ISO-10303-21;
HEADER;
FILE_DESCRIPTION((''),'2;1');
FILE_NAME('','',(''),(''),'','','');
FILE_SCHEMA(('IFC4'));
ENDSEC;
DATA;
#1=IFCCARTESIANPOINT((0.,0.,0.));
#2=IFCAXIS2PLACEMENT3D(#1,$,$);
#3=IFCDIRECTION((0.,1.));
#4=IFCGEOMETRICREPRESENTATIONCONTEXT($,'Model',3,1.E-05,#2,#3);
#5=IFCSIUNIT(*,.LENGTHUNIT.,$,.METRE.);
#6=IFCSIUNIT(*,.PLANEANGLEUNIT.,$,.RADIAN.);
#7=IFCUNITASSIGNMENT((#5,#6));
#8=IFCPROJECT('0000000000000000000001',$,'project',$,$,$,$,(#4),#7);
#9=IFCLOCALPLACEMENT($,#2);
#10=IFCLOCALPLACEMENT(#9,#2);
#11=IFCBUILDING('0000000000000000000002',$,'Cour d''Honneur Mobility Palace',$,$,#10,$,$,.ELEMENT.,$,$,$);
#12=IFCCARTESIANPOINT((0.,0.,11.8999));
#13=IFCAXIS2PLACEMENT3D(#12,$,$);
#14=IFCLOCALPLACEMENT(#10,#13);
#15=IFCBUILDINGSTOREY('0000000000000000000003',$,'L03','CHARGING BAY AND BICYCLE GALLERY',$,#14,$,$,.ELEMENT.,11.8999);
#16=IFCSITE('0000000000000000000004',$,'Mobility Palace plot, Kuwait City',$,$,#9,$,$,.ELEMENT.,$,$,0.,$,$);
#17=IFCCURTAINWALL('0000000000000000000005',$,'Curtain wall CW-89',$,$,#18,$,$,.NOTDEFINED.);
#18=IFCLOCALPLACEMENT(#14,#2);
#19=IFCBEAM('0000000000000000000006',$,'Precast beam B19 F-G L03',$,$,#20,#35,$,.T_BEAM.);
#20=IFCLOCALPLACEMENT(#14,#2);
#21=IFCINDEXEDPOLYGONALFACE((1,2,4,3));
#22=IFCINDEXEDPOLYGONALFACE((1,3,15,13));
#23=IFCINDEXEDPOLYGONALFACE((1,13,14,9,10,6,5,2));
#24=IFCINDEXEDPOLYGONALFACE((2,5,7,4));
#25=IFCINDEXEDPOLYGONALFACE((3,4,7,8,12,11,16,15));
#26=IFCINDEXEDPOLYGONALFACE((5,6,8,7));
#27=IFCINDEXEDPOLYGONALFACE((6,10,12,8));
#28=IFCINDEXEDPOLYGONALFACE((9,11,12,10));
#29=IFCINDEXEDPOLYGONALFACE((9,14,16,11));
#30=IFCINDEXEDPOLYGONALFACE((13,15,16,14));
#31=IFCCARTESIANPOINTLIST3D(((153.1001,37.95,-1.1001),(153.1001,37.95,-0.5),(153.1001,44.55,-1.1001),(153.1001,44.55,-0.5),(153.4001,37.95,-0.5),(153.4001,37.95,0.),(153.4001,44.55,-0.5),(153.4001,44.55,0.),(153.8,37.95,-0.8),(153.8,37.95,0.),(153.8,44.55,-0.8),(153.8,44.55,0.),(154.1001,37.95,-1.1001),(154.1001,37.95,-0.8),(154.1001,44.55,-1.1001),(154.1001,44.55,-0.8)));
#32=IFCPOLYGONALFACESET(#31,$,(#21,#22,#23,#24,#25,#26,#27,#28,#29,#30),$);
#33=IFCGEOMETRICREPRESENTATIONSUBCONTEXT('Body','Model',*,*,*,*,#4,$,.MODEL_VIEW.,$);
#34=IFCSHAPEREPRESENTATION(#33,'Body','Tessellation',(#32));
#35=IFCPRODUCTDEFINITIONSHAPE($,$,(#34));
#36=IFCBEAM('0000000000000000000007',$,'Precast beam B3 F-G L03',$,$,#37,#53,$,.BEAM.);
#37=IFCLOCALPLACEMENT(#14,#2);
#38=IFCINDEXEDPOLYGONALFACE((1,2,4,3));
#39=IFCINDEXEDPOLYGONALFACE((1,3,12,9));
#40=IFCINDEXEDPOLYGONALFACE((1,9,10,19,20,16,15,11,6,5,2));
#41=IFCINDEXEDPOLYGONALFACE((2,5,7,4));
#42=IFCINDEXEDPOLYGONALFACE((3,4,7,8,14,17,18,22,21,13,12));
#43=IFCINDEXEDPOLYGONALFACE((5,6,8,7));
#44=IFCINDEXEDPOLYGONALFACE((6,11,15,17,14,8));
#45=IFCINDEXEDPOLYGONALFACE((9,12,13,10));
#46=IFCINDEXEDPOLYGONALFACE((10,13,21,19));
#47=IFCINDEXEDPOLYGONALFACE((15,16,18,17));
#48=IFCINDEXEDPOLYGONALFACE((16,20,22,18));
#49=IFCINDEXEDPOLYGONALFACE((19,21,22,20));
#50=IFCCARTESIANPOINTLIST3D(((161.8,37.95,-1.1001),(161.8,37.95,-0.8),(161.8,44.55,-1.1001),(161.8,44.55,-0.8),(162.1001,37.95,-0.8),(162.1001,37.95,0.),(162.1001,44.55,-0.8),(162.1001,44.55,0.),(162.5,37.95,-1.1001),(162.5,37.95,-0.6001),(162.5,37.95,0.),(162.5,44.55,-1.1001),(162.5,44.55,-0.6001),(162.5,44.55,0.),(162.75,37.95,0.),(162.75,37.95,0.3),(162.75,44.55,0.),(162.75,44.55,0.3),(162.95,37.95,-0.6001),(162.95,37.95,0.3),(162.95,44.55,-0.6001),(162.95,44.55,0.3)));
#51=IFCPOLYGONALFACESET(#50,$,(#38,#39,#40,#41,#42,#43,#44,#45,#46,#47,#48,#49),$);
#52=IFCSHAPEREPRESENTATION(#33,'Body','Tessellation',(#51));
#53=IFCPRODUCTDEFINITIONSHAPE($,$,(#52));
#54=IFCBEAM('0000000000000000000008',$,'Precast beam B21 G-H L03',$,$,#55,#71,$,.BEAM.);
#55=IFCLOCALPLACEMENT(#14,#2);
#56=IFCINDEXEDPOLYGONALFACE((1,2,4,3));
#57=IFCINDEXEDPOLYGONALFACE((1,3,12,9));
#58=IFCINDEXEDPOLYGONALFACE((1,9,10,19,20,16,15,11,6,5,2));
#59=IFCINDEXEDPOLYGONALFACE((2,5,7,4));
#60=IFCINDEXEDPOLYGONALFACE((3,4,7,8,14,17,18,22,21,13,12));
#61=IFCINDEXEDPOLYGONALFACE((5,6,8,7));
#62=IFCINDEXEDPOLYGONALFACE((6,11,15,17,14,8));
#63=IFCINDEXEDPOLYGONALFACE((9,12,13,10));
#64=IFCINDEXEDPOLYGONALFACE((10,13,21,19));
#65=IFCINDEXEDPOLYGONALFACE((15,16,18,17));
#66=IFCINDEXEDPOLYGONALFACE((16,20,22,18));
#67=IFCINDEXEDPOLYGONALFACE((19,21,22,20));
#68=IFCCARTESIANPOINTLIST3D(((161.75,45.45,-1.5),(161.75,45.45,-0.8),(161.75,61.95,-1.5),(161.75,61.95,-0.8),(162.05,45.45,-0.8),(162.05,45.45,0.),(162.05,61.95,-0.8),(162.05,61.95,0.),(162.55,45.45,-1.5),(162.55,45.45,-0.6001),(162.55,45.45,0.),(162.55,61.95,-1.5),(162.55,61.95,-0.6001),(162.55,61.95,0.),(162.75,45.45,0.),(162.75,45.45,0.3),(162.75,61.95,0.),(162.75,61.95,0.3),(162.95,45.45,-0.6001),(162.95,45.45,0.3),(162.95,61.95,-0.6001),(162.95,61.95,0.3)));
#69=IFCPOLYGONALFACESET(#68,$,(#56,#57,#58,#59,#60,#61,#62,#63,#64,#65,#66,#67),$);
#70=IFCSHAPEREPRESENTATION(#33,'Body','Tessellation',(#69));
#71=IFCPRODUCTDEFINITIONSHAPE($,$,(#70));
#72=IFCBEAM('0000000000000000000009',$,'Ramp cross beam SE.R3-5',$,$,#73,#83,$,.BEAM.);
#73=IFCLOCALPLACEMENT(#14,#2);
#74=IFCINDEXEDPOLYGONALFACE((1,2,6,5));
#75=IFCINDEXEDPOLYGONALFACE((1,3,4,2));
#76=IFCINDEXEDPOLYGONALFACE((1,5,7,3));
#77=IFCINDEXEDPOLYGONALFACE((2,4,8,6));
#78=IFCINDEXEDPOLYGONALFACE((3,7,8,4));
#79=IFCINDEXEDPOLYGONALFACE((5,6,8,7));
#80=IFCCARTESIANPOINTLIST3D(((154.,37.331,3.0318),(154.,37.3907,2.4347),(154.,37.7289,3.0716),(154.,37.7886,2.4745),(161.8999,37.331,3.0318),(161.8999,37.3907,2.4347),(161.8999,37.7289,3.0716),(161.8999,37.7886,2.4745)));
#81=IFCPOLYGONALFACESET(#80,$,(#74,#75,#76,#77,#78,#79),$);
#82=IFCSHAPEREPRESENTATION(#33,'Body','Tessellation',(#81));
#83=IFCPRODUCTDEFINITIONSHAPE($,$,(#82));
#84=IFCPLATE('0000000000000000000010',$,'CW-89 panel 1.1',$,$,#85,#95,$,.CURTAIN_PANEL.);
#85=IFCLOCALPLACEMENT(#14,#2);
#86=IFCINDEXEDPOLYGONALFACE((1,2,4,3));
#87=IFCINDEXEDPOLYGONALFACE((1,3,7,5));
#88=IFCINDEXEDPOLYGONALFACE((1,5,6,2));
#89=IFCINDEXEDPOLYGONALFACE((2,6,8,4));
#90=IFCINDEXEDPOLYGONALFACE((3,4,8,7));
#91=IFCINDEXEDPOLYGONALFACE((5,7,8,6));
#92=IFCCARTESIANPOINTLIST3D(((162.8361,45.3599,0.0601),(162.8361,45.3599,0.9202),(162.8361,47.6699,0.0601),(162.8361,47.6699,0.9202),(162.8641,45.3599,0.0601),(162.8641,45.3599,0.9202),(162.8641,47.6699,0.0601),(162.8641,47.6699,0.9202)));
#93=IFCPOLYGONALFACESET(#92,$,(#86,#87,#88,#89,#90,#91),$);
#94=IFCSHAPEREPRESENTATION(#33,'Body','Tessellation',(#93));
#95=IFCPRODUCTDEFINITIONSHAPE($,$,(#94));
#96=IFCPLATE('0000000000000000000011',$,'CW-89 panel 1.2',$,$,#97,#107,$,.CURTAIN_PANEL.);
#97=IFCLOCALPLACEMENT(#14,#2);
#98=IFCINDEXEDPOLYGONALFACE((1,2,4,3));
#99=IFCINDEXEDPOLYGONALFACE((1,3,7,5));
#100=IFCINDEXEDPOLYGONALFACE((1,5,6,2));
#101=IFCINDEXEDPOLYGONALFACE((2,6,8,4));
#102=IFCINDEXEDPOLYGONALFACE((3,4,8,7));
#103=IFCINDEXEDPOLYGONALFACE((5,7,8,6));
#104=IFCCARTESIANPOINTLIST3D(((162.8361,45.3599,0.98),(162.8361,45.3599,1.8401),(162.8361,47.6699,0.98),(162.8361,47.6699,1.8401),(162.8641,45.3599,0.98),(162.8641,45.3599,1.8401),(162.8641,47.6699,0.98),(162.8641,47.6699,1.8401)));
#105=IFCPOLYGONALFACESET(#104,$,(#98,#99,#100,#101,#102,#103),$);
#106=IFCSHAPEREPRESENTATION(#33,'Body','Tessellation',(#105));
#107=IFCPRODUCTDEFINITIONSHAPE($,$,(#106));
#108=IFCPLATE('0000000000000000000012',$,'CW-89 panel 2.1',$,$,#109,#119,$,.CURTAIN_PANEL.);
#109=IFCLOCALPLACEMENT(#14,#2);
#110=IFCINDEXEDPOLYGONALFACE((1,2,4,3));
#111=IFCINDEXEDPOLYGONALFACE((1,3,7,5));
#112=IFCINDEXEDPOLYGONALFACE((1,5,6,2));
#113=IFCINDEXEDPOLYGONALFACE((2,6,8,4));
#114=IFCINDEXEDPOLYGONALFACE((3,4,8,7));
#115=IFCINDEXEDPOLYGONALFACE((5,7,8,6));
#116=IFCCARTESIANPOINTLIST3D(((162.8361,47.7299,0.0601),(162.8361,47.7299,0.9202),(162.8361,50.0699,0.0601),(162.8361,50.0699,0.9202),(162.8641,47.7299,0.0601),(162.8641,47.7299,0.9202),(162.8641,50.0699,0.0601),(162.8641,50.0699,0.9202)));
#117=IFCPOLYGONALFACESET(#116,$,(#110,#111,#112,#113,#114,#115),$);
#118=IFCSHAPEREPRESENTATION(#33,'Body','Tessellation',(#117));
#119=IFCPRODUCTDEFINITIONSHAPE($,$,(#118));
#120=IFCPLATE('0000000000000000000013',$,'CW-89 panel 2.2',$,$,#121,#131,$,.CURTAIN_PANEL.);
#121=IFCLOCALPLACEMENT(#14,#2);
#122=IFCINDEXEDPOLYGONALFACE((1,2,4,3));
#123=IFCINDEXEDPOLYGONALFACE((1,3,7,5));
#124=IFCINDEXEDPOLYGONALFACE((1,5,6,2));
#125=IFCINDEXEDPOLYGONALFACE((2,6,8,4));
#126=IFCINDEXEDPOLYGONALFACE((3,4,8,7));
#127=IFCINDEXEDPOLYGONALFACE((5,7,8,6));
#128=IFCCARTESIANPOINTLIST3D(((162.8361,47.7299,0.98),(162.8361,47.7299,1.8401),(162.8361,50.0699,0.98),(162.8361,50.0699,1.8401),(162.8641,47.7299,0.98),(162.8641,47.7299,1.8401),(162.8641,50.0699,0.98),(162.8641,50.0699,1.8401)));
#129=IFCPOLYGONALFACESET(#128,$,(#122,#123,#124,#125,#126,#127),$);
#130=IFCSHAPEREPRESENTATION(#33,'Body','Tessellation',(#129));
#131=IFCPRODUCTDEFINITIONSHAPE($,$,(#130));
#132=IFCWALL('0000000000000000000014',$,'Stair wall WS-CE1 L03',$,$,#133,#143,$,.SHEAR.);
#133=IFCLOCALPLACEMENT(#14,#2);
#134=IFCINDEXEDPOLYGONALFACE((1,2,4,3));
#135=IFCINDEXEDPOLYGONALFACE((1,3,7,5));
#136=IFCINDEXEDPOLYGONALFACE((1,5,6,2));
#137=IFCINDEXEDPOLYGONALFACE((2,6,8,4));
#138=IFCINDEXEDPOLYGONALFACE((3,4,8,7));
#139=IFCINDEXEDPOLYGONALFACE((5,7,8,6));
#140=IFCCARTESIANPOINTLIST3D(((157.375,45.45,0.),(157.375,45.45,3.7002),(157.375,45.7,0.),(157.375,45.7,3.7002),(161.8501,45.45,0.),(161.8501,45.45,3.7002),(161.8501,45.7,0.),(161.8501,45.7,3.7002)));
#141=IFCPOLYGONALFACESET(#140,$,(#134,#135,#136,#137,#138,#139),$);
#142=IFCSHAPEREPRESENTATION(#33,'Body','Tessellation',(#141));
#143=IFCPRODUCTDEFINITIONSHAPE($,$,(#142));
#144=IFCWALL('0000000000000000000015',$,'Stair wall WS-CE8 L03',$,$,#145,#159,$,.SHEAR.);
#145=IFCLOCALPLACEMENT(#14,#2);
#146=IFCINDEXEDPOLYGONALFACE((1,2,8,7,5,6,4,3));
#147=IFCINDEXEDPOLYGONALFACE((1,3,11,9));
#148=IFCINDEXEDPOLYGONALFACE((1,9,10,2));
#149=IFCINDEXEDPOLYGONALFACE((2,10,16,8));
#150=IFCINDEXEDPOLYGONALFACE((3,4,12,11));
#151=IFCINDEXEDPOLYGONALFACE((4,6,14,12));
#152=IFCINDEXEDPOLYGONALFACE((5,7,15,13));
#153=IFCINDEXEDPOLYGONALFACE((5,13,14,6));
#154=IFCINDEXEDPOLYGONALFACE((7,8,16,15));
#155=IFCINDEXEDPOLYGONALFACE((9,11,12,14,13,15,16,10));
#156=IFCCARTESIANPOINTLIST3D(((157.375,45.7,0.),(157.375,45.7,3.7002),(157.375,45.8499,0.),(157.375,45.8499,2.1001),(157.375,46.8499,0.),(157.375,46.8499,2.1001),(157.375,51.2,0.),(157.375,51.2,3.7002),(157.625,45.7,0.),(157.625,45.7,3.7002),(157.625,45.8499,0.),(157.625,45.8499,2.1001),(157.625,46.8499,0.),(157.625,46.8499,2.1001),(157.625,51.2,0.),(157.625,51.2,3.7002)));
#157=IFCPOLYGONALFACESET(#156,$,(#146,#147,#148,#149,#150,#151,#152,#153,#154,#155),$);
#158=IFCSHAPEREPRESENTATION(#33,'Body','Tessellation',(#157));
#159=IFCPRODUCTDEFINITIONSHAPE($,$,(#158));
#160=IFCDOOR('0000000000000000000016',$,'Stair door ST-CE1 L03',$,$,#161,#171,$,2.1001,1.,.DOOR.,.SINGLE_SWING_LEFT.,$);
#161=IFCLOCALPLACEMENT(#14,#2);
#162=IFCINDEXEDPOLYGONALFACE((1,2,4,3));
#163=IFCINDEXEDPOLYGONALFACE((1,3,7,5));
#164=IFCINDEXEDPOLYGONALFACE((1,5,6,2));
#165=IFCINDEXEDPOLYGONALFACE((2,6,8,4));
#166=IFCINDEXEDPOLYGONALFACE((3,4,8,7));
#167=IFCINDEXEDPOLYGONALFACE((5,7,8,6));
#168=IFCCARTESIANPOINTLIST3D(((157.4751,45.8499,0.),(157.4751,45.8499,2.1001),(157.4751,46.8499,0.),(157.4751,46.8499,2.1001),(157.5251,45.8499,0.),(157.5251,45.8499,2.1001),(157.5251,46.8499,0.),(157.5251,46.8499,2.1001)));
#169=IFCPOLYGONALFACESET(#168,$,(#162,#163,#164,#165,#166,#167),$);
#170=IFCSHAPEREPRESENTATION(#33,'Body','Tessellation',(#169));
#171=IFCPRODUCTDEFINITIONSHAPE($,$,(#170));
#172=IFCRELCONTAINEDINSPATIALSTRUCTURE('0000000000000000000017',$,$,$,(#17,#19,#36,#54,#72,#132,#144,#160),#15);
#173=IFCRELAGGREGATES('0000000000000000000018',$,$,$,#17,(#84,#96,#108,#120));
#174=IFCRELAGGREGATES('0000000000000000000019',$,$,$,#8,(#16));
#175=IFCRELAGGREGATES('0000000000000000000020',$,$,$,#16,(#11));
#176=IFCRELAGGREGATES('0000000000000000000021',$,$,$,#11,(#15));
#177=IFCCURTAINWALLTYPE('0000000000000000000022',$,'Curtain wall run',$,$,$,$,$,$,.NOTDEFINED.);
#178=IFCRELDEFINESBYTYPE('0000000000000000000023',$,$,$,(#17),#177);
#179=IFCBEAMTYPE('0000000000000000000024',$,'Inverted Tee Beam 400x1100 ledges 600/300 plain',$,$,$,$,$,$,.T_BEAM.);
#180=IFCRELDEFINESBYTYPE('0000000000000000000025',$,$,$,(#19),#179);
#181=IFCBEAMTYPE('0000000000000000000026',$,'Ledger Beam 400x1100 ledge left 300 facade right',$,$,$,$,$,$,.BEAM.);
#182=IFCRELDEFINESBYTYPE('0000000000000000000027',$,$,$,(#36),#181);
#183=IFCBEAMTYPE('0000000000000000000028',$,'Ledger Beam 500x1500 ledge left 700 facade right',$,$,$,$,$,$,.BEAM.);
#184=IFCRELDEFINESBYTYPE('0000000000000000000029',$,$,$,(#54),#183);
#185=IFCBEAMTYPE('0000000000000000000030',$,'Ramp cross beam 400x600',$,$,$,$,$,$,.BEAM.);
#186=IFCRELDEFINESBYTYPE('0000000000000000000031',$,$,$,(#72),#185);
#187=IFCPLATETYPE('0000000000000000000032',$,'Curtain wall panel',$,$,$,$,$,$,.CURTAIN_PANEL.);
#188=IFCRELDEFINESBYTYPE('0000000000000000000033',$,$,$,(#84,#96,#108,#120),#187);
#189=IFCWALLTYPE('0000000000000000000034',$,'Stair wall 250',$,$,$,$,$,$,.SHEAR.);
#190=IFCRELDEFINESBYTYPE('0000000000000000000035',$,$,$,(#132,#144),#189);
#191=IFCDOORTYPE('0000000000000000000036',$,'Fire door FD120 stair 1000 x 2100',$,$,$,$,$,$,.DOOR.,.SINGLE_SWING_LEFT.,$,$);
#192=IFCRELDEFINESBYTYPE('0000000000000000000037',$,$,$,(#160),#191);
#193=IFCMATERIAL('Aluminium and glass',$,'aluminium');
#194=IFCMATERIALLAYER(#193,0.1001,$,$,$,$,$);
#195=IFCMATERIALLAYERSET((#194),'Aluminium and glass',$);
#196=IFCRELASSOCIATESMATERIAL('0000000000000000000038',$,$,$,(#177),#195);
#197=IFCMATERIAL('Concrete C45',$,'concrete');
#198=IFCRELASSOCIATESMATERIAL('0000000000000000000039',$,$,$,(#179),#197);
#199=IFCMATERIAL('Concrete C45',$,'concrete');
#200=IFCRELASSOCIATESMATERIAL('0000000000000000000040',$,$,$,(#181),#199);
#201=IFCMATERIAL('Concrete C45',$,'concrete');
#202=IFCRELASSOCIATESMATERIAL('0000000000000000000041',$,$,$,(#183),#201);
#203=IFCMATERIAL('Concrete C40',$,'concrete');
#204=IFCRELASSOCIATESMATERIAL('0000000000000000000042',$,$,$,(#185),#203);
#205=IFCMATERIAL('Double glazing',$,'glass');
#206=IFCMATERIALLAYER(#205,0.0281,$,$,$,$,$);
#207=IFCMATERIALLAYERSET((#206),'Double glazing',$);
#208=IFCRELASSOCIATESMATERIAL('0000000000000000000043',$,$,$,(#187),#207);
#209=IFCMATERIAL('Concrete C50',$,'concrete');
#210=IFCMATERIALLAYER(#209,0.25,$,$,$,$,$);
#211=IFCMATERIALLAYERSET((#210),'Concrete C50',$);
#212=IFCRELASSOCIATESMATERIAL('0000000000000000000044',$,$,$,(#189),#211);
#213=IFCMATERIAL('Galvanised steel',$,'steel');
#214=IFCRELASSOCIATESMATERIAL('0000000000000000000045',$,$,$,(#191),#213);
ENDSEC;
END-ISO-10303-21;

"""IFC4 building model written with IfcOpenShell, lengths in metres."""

from ifc_helpers import new_model, si_unit, direction, frame, frame_2d, origin, origin_2d, place, context, subcontext, project, spatial, polyline, rectangle, outline, extrude, material, layer, layer_set, material_profile, profile_set, type_object, element, fill, aggregate, save


model = new_model("IFC4")

# Units and contexts
model_context = context("Model", 3, precision=1e-05, world=origin(), true_north=direction((0.0, 1.0)))
body_context = subcontext(model_context, "Body", "Model", "MODEL_VIEW")
ifc_project = project(units=[si_unit("LENGTHUNIT", "METRE"), si_unit("PLANEANGLEUNIT", "RADIAN")], contexts=[model_context])

# Site, building, storey
site_placement = place(None, origin())
site = spatial("IfcSite", under=ifc_project, at=site_placement, Name="Mobility Palace plot, Kuwait City", CompositionType="ELEMENT", RefElevation=0.0)
building_placement = place(site_placement, origin())
building = spatial("IfcBuilding", under=site, at=building_placement, Name="Cour d'Honneur Mobility Palace", CompositionType="ELEMENT")
storey_placement = place(building_placement, frame((0.0, 0.0, 11.8999)))
storey = spatial("IfcBuildingStorey", under=building, at=storey_placement, Name="L03", Description="CHARGING BAY AND BICYCLE GALLERY", CompositionType="ELEMENT", Elevation=11.8999)

# Curtain wall
ifc_material_1 = material(Name="Aluminium and glass", Category="aluminium")
ifc_layer_1 = layer(ifc_material_1, 0.1001)
ifc_layer_set_1 = layer_set([ifc_layer_1], Name="Aluminium and glass")
curtain_wall_type = type_object("IfcCurtainWallType", Name="Curtain wall run", PredefinedType="NOTDEFINED", material=ifc_layer_set_1)
curtain_wall_placement = place(storey_placement, origin())
curtain_wall = element("IfcCurtainWall", 1, at=curtain_wall_placement, inside=storey, type_object=curtain_wall_type, Name="Curtain wall CW-89", PredefinedType="NOTDEFINED")

# Beams
ifc_material_2 = material(Name="Concrete C45", Category="concrete")
ifc_material_profile_1 = material_profile(ifc_material_2, outline(polyline([(0.5, -1.1001), (0.5, -0.5), (0.2, -0.5), (0.2, 0.0), (-0.2, 0.0), (-0.2, -0.8), (-0.5, -0.8), (-0.5, -1.1001), (0.5, -1.1001)])), Name="Inverted Tee Beam 400x1100 ledges 600/300 plain")
ifc_profile_set_1 = profile_set([ifc_material_profile_1], Name="Concrete C45")
beam_type_1 = type_object("IfcBeamType", Name="Inverted Tee Beam 400x1100 ledges 600/300 plain", PredefinedType="T_BEAM", material=ifc_profile_set_1)
beam_1_placement = place(storey_placement, frame((153.6001, 37.95, 0.0), z_axis=(0.0, 1.0, 0.0), x_axis=(-1.0, 0.0, 0.0)))
element("IfcBeam", 2, at=beam_1_placement, inside=storey, type_object=beam_type_1, Name="Precast beam B19 F-G L03", PredefinedType="T_BEAM", context=body_context, shape_type="SweptSolid", body=[
    extrude(outline(polyline([(0.5, -1.1001), (0.5, -0.5), (0.2, -0.5), (0.2, 0.0), (-0.2, 0.0), (-0.2, -0.8), (-0.5, -0.8), (-0.5, -1.1001), (0.5, -1.1001)])), origin(), (0.0, 0.0, 1.0), 6.6001),
])
ifc_material_3 = material(Name="Concrete C45", Category="concrete")
ifc_material_profile_2 = material_profile(ifc_material_3, outline(polyline([(0.5, -1.1001), (0.5, -0.8), (0.2, -0.8), (0.2, 0.0), (-0.2, 0.0), (-0.45, 0.0), (-0.45, 0.3), (-0.6499, 0.3), (-0.6499, -0.6001), (-0.2, -0.6001), (-0.2, -1.1001), (0.5, -1.1001)])), Name="Ledger Beam 400x1100 ledge left 300 facade right")
ifc_profile_set_2 = profile_set([ifc_material_profile_2], Name="Concrete C45")
beam_type_2 = type_object("IfcBeamType", Name="Ledger Beam 400x1100 ledge left 300 facade right", PredefinedType="BEAM", material=ifc_profile_set_2)
beam_2_placement = place(storey_placement, frame((162.3, 37.95, 0.0), z_axis=(0.0, 1.0, 0.0), x_axis=(-1.0, 0.0, 0.0)))
element("IfcBeam", 3, at=beam_2_placement, inside=storey, type_object=beam_type_2, Name="Precast beam B3 F-G L03", PredefinedType="BEAM", context=body_context, shape_type="SweptSolid", body=[
    extrude(outline(polyline([(0.5, -1.1001), (0.5, -0.8), (0.2, -0.8), (0.2, 0.0), (-0.2, 0.0), (-0.45, 0.0), (-0.45, 0.3), (-0.6499, 0.3), (-0.6499, -0.6001), (-0.2, -0.6001), (-0.2, -1.1001), (0.5, -1.1001)])), origin(), (0.0, 0.0, 1.0), 6.6001),
])
ifc_material_4 = material(Name="Concrete C45", Category="concrete")
ifc_material_profile_3 = material_profile(ifc_material_4, outline(polyline([(0.55, -1.5), (0.55, -0.8), (0.25, -0.8), (0.25, 0.0), (-0.25, 0.0), (-0.45, 0.0), (-0.45, 0.3), (-0.6499, 0.3), (-0.6499, -0.6001), (-0.25, -0.6001), (-0.25, -1.5), (0.55, -1.5)])), Name="Ledger Beam 500x1500 ledge left 700 facade right")
ifc_profile_set_3 = profile_set([ifc_material_profile_3], Name="Concrete C45")
beam_type_3 = type_object("IfcBeamType", Name="Ledger Beam 500x1500 ledge left 700 facade right", PredefinedType="BEAM", material=ifc_profile_set_3)
beam_3_placement = place(storey_placement, frame((162.3, 45.45, 0.0), z_axis=(0.0, 1.0, 0.0), x_axis=(-1.0, 0.0, 0.0)))
element("IfcBeam", 4, at=beam_3_placement, inside=storey, type_object=beam_type_3, Name="Precast beam B21 G-H L03", PredefinedType="BEAM", context=body_context, shape_type="SweptSolid", body=[
    extrude(outline(polyline([(0.55, -1.5), (0.55, -0.8), (0.25, -0.8), (0.25, 0.0), (-0.25, 0.0), (-0.45, 0.0), (-0.45, 0.3), (-0.6499, 0.3), (-0.6499, -0.6001), (-0.25, -0.6001), (-0.25, -1.5), (0.55, -1.5)])), origin(), (0.0, 0.0, 1.0), 16.5),
])
ifc_material_5 = material(Name="Concrete C40", Category="concrete")
ifc_material_profile_4 = material_profile(ifc_material_5, rectangle(XDim=0.3999, YDim=0.6001, at=origin_2d()), Name="Ramp cross beam 400x600")
ifc_profile_set_4 = profile_set([ifc_material_profile_4], Name="Concrete C40")
beam_type_4 = type_object("IfcBeamType", Name="Ramp cross beam 400x600", PredefinedType="BEAM", material=ifc_profile_set_4)
beam_4_placement = place(storey_placement, frame((161.8999, 37.5598, 2.7532), z_axis=(-1.0, 0.0, 0.0), x_axis=(0.0, -0.995037, -0.099504)))
element("IfcBeam", 5, at=beam_4_placement, inside=storey, type_object=beam_type_4, Name="Ramp cross beam SE.R3-5", PredefinedType="BEAM", context=body_context, shape_type="SweptSolid", body=[
    extrude(rectangle(XDim=0.3999, YDim=0.6001, at=origin_2d()), origin(), (0.0, 0.0, 1.0), 7.8999),
])

# Plates
ifc_material_6 = material(Name="Double glazing", Category="glass")
ifc_layer_2 = layer(ifc_material_6, 0.0281)
ifc_layer_set_2 = layer_set([ifc_layer_2], Name="Double glazing")
plate_type = type_object("IfcPlateType", Name="Curtain wall panel", PredefinedType="CURTAIN_PANEL", material=ifc_layer_set_2)
plate_1_placement = place(storey_placement, frame((162.8501, 46.5149, 0.0601), z_axis=(0.0, 0.0, 1.0), x_axis=(0.0, 1.0, 0.0)))
plate_1 = element("IfcPlate", 6, at=plate_1_placement, type_object=plate_type, Name="CW-89 panel 1.1", PredefinedType="CURTAIN_PANEL", context=body_context, shape_type="SweptSolid", body=[
    extrude(rectangle(XDim=2.3101, YDim=0.0281, at=origin_2d()), origin(), (0.0, 0.0, 1.0), 0.8601),
])
plate_2_placement = place(storey_placement, frame((162.8501, 46.5149, 0.98), z_axis=(0.0, 0.0, 1.0), x_axis=(0.0, 1.0, 0.0)))
plate_2 = element("IfcPlate", 7, at=plate_2_placement, type_object=plate_type, Name="CW-89 panel 1.2", PredefinedType="CURTAIN_PANEL", context=body_context, shape_type="SweptSolid", body=[
    extrude(rectangle(XDim=2.3101, YDim=0.0281, at=origin_2d()), origin(), (0.0, 0.0, 1.0), 0.8601),
])
plate_3_placement = place(storey_placement, frame((162.8501, 48.8999, 0.0601), z_axis=(0.0, 0.0, 1.0), x_axis=(0.0, 1.0, 0.0)))
plate_3 = element("IfcPlate", 8, at=plate_3_placement, type_object=plate_type, Name="CW-89 panel 2.1", PredefinedType="CURTAIN_PANEL", context=body_context, shape_type="SweptSolid", body=[
    extrude(rectangle(XDim=2.3401, YDim=0.0281, at=origin_2d()), origin(), (0.0, 0.0, 1.0), 0.8601),
])
plate_4_placement = place(storey_placement, frame((162.8501, 48.8999, 0.98), z_axis=(0.0, 0.0, 1.0), x_axis=(0.0, 1.0, 0.0)))
plate_4 = element("IfcPlate", 9, at=plate_4_placement, type_object=plate_type, Name="CW-89 panel 2.2", PredefinedType="CURTAIN_PANEL", context=body_context, shape_type="SweptSolid", body=[
    extrude(rectangle(XDim=2.3401, YDim=0.0281, at=origin_2d()), origin(), (0.0, 0.0, 1.0), 0.8601),
])
aggregate(curtain_wall, [plate_1, plate_2, plate_3, plate_4])

# Wall
ifc_material_7 = material(Name="Concrete C50", Category="concrete")
ifc_layer_3 = layer(ifc_material_7, 0.25)
ifc_layer_set_3 = layer_set([ifc_layer_3], Name="Concrete C50")
wall_type = type_object("IfcWallType", Name="Stair wall 250", PredefinedType="SHEAR", material=ifc_layer_set_3)
wall_1_placement = place(storey_placement, frame((157.375, 45.575, 0.0), z_axis=(0.0, 0.0, 1.0), x_axis=(1.0, 0.0, 0.0)))
element("IfcWall", 10, at=wall_1_placement, inside=storey, type_object=wall_type, Name="Stair wall WS-CE1 L03", PredefinedType="SHEAR", context=body_context, shape_type="SweptSolid", body=[
    extrude(rectangle(XDim=4.4751, YDim=0.25, at=frame_2d((2.2375, 0.0))), origin(), (0.0, 0.0, 1.0), 3.7002),
])

# Wall, opening, door
wall_2_placement = place(storey_placement, frame((157.5, 45.7, 0.0), z_axis=(0.0, 0.0, 1.0), x_axis=(0.0, 1.0, 0.0)))
wall_2 = element("IfcWall", 11, at=wall_2_placement, inside=storey, type_object=wall_type, Name="Stair wall WS-CE8 L03", PredefinedType="SHEAR", context=body_context, shape_type="SweptSolid", body=[
    extrude(rectangle(XDim=5.5, YDim=0.25, at=frame_2d((2.75, 0.0))), origin(), (0.0, 0.0, 1.0), 3.7002),
])
opening_placement = place(wall_2_placement, frame((0.1499, 0.0, 0.0)))
opening = element("IfcOpeningElement", 12, at=opening_placement, cuts=wall_2, PredefinedType="OPENING", context=body_context, shape_type="SweptSolid", body=[
    extrude(rectangle(XDim=1.0, YDim=2.1001, at=frame_2d((0.5, 1.05))), frame((0.0, 0.135, 0.0), z_axis=(0.0, -1.0, 0.0), x_axis=(1.0, 0.0, 0.0)), (0.0, 0.0, 1.0), 0.27),
])
ifc_material_8 = material(Name="Galvanised steel", Category="steel")
door_type = type_object("IfcDoorType", Name="Fire door FD120 stair 1000 x 2100", OperationType="SINGLE_SWING_LEFT", PredefinedType="DOOR", material=ifc_material_8)
door_placement = place(opening_placement, origin())
door = element("IfcDoor", 13, at=door_placement, inside=storey, type_object=door_type, Name="Stair door ST-CE1 L03", OperationType="SINGLE_SWING_LEFT", OverallHeight=2.1001, OverallWidth=1.0, PredefinedType="DOOR", context=body_context, shape_type="SweptSolid", body=[
    extrude(rectangle(XDim=1.0, YDim=2.1001, at=frame_2d((0.5, 1.05))), frame((0.0, 0.0249, 0.0), z_axis=(0.0, -1.0, 0.0), x_axis=(1.0, 0.0, 0.0)), (0.0, 0.0, 1.0), 0.05),
])
fill(opening, door)

save(model, "model.ifc")
